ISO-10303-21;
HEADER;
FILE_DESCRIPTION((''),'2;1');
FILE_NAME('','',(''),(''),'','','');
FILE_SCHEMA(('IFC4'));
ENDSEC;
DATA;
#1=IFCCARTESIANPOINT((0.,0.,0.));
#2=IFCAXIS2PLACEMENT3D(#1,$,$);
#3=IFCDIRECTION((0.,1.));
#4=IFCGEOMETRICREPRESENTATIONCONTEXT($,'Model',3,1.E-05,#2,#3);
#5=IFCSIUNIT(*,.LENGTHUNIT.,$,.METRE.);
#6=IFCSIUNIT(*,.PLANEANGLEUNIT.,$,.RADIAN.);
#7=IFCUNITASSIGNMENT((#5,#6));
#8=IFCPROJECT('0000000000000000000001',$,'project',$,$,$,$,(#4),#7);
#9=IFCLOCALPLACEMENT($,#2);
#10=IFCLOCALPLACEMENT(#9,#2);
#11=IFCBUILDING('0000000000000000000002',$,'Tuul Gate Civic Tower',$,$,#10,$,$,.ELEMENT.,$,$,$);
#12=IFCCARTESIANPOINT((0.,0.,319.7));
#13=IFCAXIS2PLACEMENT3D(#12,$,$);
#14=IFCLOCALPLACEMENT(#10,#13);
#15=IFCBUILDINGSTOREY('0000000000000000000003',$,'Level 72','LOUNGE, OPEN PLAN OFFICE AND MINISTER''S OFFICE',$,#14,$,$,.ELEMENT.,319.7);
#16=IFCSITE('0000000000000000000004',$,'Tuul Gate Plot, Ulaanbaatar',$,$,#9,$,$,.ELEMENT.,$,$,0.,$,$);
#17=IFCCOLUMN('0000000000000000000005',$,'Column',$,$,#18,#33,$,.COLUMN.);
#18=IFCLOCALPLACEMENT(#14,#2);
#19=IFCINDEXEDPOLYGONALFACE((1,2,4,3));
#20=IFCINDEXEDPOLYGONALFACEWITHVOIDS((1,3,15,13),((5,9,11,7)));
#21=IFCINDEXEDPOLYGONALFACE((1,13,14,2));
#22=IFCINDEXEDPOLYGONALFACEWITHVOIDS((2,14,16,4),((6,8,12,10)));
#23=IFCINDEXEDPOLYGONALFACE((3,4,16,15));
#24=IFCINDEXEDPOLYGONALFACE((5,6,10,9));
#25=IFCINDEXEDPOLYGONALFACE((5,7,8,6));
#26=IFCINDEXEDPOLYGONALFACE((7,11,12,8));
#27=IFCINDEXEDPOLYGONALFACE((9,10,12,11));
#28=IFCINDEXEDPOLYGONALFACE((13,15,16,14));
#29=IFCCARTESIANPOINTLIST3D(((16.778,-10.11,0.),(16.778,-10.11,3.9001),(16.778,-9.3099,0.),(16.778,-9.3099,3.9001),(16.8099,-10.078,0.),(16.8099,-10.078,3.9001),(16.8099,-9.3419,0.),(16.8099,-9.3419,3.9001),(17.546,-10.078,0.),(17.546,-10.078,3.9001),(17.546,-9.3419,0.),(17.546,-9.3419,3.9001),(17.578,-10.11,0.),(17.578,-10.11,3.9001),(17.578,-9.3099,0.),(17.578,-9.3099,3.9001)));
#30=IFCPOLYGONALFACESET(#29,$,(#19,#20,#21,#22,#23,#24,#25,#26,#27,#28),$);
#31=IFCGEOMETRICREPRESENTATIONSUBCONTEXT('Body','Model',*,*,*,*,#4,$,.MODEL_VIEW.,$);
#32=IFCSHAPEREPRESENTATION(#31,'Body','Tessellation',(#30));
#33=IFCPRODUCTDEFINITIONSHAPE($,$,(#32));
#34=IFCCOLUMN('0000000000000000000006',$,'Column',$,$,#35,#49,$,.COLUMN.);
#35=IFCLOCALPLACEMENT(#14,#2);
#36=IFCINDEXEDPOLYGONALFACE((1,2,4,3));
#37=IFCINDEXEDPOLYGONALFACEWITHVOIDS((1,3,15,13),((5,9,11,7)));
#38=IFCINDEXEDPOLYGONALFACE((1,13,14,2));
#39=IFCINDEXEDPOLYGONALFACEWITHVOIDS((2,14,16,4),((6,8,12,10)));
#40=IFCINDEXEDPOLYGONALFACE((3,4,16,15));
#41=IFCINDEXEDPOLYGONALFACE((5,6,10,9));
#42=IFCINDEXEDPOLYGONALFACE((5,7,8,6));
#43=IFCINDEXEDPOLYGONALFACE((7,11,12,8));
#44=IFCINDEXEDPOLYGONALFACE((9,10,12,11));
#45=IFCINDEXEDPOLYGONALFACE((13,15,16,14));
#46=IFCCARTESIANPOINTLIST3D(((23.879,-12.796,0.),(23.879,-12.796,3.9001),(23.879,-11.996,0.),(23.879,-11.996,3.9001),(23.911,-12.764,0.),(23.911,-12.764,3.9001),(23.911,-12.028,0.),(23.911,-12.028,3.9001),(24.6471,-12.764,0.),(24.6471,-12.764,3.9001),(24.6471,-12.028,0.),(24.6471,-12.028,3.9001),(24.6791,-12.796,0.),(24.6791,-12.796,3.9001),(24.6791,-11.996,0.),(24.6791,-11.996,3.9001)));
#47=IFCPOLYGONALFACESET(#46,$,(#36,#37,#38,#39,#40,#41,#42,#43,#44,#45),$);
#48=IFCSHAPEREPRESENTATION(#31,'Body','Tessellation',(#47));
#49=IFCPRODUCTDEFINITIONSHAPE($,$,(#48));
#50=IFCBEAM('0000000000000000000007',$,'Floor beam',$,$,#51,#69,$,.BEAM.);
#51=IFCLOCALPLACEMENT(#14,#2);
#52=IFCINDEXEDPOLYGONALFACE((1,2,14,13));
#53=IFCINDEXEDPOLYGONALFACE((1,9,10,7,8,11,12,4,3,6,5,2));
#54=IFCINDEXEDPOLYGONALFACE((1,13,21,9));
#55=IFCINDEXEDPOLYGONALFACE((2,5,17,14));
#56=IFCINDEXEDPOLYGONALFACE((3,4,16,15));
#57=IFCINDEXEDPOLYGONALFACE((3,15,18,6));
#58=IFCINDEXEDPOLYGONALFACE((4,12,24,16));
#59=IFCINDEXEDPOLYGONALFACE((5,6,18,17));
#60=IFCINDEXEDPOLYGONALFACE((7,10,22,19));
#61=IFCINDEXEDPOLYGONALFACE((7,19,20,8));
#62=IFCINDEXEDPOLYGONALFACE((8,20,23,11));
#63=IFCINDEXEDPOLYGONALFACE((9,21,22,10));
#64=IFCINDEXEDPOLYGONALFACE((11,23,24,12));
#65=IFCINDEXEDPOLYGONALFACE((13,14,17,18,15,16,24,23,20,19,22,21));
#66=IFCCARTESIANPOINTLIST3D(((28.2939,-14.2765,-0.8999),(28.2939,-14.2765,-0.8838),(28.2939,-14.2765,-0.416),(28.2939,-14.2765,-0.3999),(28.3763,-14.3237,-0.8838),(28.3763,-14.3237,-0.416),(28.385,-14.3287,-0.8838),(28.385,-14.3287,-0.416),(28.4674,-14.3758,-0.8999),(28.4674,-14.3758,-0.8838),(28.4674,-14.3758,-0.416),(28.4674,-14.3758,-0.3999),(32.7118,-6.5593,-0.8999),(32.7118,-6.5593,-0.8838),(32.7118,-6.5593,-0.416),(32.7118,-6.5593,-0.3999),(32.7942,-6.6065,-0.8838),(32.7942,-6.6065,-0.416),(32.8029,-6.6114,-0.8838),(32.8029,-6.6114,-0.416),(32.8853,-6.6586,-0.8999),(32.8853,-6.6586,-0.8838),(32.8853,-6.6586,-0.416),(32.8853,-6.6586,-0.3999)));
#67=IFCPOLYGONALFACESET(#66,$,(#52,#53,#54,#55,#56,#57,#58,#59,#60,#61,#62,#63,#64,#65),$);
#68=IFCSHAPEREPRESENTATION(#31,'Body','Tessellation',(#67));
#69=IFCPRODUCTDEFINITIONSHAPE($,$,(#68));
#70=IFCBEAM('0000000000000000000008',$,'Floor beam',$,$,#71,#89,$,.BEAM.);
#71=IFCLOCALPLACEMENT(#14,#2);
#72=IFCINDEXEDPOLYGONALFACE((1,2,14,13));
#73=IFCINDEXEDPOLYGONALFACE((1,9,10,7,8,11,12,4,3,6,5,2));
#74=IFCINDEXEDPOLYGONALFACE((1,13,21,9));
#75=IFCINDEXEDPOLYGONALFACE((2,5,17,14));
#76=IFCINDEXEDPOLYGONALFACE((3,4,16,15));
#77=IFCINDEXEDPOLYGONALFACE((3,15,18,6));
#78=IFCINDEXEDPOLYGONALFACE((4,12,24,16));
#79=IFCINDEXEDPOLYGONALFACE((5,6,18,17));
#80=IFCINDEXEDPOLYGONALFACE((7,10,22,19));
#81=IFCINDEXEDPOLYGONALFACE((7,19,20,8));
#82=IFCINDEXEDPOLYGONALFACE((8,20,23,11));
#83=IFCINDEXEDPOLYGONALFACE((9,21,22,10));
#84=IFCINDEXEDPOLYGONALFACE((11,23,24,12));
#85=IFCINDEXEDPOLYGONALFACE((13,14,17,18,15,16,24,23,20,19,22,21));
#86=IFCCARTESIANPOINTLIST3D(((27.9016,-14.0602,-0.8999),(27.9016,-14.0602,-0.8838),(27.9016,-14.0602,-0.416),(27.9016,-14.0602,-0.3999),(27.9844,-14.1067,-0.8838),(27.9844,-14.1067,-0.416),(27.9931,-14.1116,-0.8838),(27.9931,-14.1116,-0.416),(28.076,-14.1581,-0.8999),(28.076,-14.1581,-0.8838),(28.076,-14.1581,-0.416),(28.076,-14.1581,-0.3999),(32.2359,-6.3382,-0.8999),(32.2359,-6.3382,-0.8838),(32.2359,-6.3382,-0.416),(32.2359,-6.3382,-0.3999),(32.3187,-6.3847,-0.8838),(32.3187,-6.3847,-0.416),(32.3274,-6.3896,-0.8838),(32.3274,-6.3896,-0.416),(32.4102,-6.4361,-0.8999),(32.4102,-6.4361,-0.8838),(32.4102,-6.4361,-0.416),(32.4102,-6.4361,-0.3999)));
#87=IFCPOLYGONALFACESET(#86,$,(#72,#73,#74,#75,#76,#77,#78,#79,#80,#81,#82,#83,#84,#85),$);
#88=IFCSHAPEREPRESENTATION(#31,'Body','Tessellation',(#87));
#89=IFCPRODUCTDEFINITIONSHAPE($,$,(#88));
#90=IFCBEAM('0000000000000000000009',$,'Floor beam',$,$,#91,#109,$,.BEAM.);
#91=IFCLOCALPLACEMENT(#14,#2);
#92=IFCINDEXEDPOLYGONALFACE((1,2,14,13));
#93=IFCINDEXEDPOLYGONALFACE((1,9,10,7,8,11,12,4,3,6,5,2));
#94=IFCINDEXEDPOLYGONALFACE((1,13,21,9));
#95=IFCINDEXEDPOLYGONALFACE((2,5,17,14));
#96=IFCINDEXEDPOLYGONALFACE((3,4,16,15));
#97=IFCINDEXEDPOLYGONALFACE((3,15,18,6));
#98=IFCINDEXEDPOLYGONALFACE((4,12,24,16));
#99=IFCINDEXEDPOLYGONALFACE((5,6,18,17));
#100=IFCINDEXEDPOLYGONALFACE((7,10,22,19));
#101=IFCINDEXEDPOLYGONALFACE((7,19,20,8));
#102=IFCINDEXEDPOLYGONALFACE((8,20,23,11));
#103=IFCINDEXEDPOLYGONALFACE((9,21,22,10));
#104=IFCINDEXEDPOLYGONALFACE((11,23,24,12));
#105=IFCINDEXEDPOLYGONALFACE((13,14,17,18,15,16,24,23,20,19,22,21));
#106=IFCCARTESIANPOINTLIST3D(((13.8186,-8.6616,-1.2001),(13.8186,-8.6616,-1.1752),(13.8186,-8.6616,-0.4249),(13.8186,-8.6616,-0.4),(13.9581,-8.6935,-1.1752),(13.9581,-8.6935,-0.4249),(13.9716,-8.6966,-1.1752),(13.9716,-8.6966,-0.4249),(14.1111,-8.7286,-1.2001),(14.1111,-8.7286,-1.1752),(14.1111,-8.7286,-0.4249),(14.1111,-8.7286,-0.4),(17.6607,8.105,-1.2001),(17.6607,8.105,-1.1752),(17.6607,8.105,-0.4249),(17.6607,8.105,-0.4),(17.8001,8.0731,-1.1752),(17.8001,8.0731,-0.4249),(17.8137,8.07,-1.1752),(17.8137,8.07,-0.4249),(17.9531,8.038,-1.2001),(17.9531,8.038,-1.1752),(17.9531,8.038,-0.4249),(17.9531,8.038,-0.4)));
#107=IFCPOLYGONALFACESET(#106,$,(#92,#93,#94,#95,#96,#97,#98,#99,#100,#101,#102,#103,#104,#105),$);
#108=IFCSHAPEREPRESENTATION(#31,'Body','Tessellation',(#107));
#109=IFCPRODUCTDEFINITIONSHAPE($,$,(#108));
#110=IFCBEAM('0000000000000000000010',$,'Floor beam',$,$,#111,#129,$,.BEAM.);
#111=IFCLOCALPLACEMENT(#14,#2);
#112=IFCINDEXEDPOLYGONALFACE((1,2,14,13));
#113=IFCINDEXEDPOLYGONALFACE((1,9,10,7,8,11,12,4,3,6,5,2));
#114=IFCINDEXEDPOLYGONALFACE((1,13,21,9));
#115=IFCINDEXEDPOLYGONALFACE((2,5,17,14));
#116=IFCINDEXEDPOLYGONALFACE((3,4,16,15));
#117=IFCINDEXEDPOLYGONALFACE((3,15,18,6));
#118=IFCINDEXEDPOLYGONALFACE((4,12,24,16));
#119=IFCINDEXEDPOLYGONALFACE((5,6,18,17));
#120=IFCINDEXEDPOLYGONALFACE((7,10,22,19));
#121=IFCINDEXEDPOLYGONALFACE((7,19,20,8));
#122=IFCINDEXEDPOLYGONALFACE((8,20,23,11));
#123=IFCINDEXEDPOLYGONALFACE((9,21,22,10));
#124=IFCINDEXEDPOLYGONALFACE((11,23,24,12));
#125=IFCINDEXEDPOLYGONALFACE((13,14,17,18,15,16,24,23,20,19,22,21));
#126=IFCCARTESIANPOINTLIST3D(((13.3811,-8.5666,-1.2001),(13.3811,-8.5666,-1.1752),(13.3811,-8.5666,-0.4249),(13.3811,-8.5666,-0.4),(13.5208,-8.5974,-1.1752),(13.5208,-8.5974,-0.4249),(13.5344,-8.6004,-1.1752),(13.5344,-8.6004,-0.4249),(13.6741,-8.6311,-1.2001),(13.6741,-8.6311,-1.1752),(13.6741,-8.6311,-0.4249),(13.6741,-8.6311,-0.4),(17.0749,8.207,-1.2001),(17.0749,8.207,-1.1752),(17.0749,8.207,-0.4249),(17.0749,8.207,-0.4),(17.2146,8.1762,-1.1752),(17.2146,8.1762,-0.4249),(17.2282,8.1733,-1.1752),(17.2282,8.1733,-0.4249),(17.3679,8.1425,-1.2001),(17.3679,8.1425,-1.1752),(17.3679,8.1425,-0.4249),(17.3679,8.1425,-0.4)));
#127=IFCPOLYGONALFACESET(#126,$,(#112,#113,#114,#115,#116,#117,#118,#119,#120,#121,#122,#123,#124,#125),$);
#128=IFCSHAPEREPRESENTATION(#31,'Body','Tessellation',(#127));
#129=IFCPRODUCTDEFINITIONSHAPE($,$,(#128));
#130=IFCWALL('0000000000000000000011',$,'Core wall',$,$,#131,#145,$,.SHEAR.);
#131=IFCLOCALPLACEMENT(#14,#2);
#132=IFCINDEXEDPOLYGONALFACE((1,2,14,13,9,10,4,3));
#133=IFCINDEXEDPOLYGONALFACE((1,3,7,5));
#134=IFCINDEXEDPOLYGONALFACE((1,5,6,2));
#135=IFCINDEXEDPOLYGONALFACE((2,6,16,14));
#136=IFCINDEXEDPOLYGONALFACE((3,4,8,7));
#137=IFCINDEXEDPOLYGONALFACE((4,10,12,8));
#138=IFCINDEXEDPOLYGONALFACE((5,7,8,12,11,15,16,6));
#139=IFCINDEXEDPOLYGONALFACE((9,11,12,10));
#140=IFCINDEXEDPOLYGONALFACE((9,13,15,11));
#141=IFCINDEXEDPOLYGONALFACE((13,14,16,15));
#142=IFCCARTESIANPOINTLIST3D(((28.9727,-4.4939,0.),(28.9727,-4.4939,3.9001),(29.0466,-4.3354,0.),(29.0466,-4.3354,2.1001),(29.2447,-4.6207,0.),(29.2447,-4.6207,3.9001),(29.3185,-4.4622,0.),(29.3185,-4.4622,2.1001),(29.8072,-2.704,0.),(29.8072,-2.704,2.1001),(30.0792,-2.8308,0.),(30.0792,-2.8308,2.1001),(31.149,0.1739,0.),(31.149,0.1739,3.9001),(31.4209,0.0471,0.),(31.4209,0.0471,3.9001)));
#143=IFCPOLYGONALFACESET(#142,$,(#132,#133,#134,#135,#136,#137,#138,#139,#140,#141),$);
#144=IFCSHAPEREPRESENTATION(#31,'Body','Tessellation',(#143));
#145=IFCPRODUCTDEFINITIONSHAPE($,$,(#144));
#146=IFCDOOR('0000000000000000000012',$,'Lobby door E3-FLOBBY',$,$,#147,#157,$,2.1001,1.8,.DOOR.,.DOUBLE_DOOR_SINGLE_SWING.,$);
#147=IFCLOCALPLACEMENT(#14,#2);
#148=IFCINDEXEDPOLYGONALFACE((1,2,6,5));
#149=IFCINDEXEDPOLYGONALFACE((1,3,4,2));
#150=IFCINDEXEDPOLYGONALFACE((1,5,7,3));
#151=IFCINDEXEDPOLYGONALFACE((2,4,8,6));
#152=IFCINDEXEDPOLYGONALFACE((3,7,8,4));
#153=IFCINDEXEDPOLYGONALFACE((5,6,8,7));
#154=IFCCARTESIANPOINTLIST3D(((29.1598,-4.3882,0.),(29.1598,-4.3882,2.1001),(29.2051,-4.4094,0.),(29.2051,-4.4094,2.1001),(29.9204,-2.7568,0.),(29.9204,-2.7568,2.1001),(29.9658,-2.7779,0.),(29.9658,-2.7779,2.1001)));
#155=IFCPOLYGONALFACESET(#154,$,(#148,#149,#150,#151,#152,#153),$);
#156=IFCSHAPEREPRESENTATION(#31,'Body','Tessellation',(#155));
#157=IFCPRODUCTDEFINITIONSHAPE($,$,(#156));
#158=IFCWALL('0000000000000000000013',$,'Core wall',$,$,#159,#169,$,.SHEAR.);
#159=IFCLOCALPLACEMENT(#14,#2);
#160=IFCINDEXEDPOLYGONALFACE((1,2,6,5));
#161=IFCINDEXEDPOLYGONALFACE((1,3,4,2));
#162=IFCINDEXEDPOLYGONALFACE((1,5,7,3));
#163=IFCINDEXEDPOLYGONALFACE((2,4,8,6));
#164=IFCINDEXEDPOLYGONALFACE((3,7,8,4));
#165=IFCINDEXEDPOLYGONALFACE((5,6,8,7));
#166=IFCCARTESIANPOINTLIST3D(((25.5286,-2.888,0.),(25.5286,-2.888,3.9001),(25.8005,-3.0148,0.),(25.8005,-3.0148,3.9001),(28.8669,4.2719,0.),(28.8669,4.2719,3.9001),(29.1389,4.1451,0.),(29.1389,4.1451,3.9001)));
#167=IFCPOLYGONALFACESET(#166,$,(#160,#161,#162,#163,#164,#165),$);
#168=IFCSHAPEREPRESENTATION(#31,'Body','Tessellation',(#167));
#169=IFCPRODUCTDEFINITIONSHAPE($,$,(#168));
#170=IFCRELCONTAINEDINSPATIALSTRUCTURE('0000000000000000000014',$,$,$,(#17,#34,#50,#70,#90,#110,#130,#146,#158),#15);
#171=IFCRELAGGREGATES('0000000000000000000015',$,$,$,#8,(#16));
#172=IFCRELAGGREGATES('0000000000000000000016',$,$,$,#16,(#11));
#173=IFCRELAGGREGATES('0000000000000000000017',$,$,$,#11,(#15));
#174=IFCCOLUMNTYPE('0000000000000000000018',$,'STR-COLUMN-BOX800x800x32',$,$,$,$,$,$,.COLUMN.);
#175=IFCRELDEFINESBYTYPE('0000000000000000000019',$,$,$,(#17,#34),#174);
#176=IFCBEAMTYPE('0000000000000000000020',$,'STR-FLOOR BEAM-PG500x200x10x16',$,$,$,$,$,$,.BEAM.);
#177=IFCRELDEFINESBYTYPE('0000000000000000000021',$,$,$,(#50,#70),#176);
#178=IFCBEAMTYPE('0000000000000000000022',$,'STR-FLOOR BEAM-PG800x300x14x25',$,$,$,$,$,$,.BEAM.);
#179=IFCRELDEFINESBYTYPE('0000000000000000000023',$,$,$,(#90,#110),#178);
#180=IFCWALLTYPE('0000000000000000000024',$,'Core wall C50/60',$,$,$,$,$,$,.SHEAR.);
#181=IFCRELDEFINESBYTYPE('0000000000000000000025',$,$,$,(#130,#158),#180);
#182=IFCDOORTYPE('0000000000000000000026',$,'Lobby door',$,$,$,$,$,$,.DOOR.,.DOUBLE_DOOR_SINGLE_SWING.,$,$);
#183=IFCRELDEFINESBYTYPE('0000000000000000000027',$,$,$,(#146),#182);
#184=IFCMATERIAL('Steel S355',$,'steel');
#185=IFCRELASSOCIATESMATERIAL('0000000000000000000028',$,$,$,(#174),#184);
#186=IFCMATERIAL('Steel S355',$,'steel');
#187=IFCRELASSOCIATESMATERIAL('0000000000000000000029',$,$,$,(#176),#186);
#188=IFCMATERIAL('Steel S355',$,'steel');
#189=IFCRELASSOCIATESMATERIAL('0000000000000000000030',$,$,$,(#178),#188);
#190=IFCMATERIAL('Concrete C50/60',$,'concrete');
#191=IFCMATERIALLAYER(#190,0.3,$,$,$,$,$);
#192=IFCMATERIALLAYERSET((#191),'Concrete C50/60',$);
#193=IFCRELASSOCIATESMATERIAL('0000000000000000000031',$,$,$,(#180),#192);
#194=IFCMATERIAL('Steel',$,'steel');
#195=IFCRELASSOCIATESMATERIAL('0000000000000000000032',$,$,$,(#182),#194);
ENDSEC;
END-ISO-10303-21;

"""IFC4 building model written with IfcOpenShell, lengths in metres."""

from ifc_helpers import new_model, si_unit, direction, frame, frame_2d, origin, origin_2d, place, context, subcontext, project, spatial, rectangle, hollow_rectangle, i_section, extrude, material, layer, layer_set, material_profile, profile_set, type_object, element, fill, save


model = new_model("IFC4")

# Units and contexts
model_context = context("Model", 3, precision=1e-05, world=origin(), true_north=direction((0.0, 1.0)))
body_context = subcontext(model_context, "Body", "Model", "MODEL_VIEW")
ifc_project = project(units=[si_unit("LENGTHUNIT", "METRE"), si_unit("PLANEANGLEUNIT", "RADIAN")], contexts=[model_context])

# Site, building, storey
site_placement = place(None, origin())
site = spatial("IfcSite", under=ifc_project, at=site_placement, Name="Tuul Gate Plot, Ulaanbaatar", CompositionType="ELEMENT", RefElevation=0.0)
building_placement = place(site_placement, origin())
building = spatial("IfcBuilding", under=site, at=building_placement, Name="Tuul Gate Civic Tower", CompositionType="ELEMENT")
storey_placement = place(building_placement, frame((0.0, 0.0, 319.7)))
storey = spatial("IfcBuildingStorey", under=building, at=storey_placement, Name="Level 72", Description="LOUNGE, OPEN PLAN OFFICE AND MINISTER'S OFFICE", CompositionType="ELEMENT", Elevation=319.7)

# Columns
ifc_material_1 = material(Name="Steel S355", Category="steel")
ifc_material_profile_1 = material_profile(ifc_material_1, hollow_rectangle(XDim=0.8, YDim=0.8, WallThickness=0.032, at=origin_2d()), Name="BOX800x800x32")
ifc_profile_set_1 = profile_set([ifc_material_profile_1], Name="Steel S355")
column_type = type_object("IfcColumnType", Name="STR-COLUMN-BOX800x800x32", PredefinedType="COLUMN", material=ifc_profile_set_1)
for number, where, z_axis, x_axis, name in (
    (1, (17.178, -9.71, 0.0), (0.0, 0.0, 1.0), (1.0, 0.0, 0.0), "Column"),
    (2, (24.2791, -12.396, 0.0), (0.0, 0.0, 1.0), (1.0, 0.0, 0.0), "Column"),
):
    element("IfcColumn", number, at=place(storey_placement, frame(where, z_axis=z_axis, x_axis=x_axis)), inside=storey, type_object=column_type, Name=name, PredefinedType="COLUMN", context=body_context, shape_type="SweptSolid", body=[
        extrude(hollow_rectangle(XDim=0.8, YDim=0.8, WallThickness=0.032, at=origin_2d()), origin(), (0.0, 0.0, 1.0), 3.9001),
    ])

# Beams
ifc_material_2 = material(Name="Steel S355", Category="steel")
ifc_material_profile_2 = material_profile(ifc_material_2, i_section(OverallWidth=0.2, OverallDepth=0.5, WebThickness=0.01, FlangeThickness=0.0161, at=origin_2d()), Name="PG500x200x10x16")
ifc_profile_set_2 = profile_set([ifc_material_profile_2], Name="Steel S355")
beam_type_1 = type_object("IfcBeamType", Name="STR-FLOOR BEAM-PG500x200x10x16", PredefinedType="BEAM", material=ifc_profile_set_2)
beam_1_placement = place(storey_placement, frame((28.3806, -14.3262, -0.6499), z_axis=(0.496825, 0.867851, 0.0), x_axis=(-0.867851, 0.496825, 0.0)))
element("IfcBeam", 3, at=beam_1_placement, inside=storey, type_object=beam_type_1, Name="Floor beam", PredefinedType="BEAM", context=body_context, shape_type="SweptSolid", body=[
    extrude(i_section(OverallWidth=0.2, OverallDepth=0.5, WebThickness=0.01, FlangeThickness=0.0161, at=origin_2d()), origin(), (0.0, 0.0, 1.0), 8.8923),
])
beam_2_placement = place(storey_placement, frame((27.9888, -14.1091, -0.6499), z_axis=(0.489459, 0.872027, 0.0), x_axis=(-0.872027, 0.489459, 0.0)))
element("IfcBeam", 4, at=beam_2_placement, inside=storey, type_object=beam_type_1, Name="Floor beam", PredefinedType="BEAM", context=body_context, shape_type="SweptSolid", body=[
    extrude(i_section(OverallWidth=0.2, OverallDepth=0.5, WebThickness=0.01, FlangeThickness=0.0161, at=origin_2d()), origin(), (0.0, 0.0, 1.0), 8.8552),
])
ifc_material_3 = material(Name="Steel S355", Category="steel")
ifc_material_profile_3 = material_profile(ifc_material_3, i_section(OverallWidth=0.3, OverallDepth=0.8, WebThickness=0.0139, FlangeThickness=0.0249, at=origin_2d()), Name="PG800x300x14x25")
ifc_profile_set_3 = profile_set([ifc_material_profile_3], Name="Steel S355")
beam_type_2 = type_object("IfcBeamType", Name="STR-FLOOR BEAM-PG800x300x14x25", PredefinedType="BEAM", material=ifc_profile_set_3)
beam_3_placement = place(storey_placement, frame((13.9648, -8.6951, -0.8), z_axis=(0.223359, 0.974736, 0.0), x_axis=(-0.974736, 0.223359, 0.0)))
element("IfcBeam", 5, at=beam_3_placement, inside=storey, type_object=beam_type_2, Name="Floor beam", PredefinedType="BEAM", context=body_context, shape_type="SweptSolid", body=[
    extrude(i_section(OverallWidth=0.3, OverallDepth=0.8, WebThickness=0.0139, FlangeThickness=0.0249, at=origin_2d()), origin(), (0.0, 0.0, 1.0), 17.2012),
])
beam_4_placement = place(storey_placement, frame((13.5276, -8.5989, -0.8), z_axis=(0.215064, 0.9766, 0.0), x_axis=(-0.9766, 0.215064, 0.0)))
element("IfcBeam", 6, at=beam_4_placement, inside=storey, type_object=beam_type_2, Name="Floor beam", PredefinedType="BEAM", context=body_context, shape_type="SweptSolid", body=[
    extrude(i_section(OverallWidth=0.3, OverallDepth=0.8, WebThickness=0.0139, FlangeThickness=0.0249, at=origin_2d()), origin(), (0.0, 0.0, 1.0), 17.1755),
])

# Wall, opening, door
ifc_material_4 = material(Name="Concrete C50/60", Category="concrete")
ifc_layer_1 = layer(ifc_material_4, 0.3)
ifc_layer_set_1 = layer_set([ifc_layer_1], Name="Concrete C50/60")
wall_type_1 = type_object("IfcWallType", Name="Core wall C50/60", PredefinedType="SHEAR", material=ifc_layer_set_1)
wall_1_placement = place(storey_placement, frame((29.1086, -4.5574, 0.0), z_axis=(0.0, 0.0, 1.0), x_axis=(0.422566, 0.906332, 0.0)))
wall_1 = element("IfcWall", 7, at=wall_1_placement, inside=storey, type_object=wall_type_1, Name="Core wall", PredefinedType="SHEAR", context=body_context, shape_type="SweptSolid", body=[
    extrude(rectangle(XDim=5.1501, YDim=0.3, at=frame_2d((2.5752, 0.0))), origin(), (0.0, 0.0, 1.0), 3.9001),
])
opening_1_placement = place(wall_1_placement, frame((0.175, 0.0, 0.0)))
opening_1 = element("IfcOpeningElement", 8, at=opening_1_placement, cuts=wall_1, PredefinedType="OPENING", context=body_context, shape_type="SweptSolid", body=[
    extrude(rectangle(XDim=1.8, YDim=2.1001, at=frame_2d((0.8999, 1.05))), frame((0.0, 0.1602, 0.0), z_axis=(0.0, -1.0, 0.0), x_axis=(1.0, 0.0, 0.0)), (0.0, 0.0, 1.0), 0.3201),
])
ifc_material_5 = material(Name="Steel", Category="steel")
door_type_1 = type_object("IfcDoorType", Name="Lobby door", OperationType="DOUBLE_DOOR_SINGLE_SWING", PredefinedType="DOOR", material=ifc_material_5)
door_1_placement = place(opening_1_placement, frame((1.8, 0.0, 0.0), z_axis=(0.0, 0.0, 1.0), x_axis=(-1.0, 0.0, 0.0)))
door_1 = element("IfcDoor", 9, at=door_1_placement, inside=storey, type_object=door_type_1, Name="Lobby door E3-FLOBBY", OperationType="DOUBLE_DOOR_SINGLE_SWING", OverallHeight=2.1001, OverallWidth=1.8, PredefinedType="DOOR", context=body_context, shape_type="SweptSolid", body=[
    extrude(rectangle(XDim=1.8, YDim=2.1001, at=frame_2d((0.9001, 1.05))), frame((0.0, 0.0249, 0.0), z_axis=(0.0, -1.0, 0.0), x_axis=(1.0, 0.0, 0.0)), (0.0, 0.0, 1.0), 0.05),
])
fill(opening_1, door_1)

# Wall
wall_2_placement = place(storey_placement, frame((25.6646, -2.9514, 0.0), z_axis=(0.0, 0.0, 1.0), x_axis=(0.422583, 0.906324, 0.0)))
element("IfcWall", 10, at=wall_2_placement, inside=storey, type_object=wall_type_1, Name="Core wall", PredefinedType="SHEAR", context=body_context, shape_type="SweptSolid", body=[
    extrude(rectangle(XDim=7.8999, YDim=0.3, at=frame_2d((3.95, 0.0))), origin(), (0.0, 0.0, 1.0), 3.9001),
])

save(model, "model.ifc")
